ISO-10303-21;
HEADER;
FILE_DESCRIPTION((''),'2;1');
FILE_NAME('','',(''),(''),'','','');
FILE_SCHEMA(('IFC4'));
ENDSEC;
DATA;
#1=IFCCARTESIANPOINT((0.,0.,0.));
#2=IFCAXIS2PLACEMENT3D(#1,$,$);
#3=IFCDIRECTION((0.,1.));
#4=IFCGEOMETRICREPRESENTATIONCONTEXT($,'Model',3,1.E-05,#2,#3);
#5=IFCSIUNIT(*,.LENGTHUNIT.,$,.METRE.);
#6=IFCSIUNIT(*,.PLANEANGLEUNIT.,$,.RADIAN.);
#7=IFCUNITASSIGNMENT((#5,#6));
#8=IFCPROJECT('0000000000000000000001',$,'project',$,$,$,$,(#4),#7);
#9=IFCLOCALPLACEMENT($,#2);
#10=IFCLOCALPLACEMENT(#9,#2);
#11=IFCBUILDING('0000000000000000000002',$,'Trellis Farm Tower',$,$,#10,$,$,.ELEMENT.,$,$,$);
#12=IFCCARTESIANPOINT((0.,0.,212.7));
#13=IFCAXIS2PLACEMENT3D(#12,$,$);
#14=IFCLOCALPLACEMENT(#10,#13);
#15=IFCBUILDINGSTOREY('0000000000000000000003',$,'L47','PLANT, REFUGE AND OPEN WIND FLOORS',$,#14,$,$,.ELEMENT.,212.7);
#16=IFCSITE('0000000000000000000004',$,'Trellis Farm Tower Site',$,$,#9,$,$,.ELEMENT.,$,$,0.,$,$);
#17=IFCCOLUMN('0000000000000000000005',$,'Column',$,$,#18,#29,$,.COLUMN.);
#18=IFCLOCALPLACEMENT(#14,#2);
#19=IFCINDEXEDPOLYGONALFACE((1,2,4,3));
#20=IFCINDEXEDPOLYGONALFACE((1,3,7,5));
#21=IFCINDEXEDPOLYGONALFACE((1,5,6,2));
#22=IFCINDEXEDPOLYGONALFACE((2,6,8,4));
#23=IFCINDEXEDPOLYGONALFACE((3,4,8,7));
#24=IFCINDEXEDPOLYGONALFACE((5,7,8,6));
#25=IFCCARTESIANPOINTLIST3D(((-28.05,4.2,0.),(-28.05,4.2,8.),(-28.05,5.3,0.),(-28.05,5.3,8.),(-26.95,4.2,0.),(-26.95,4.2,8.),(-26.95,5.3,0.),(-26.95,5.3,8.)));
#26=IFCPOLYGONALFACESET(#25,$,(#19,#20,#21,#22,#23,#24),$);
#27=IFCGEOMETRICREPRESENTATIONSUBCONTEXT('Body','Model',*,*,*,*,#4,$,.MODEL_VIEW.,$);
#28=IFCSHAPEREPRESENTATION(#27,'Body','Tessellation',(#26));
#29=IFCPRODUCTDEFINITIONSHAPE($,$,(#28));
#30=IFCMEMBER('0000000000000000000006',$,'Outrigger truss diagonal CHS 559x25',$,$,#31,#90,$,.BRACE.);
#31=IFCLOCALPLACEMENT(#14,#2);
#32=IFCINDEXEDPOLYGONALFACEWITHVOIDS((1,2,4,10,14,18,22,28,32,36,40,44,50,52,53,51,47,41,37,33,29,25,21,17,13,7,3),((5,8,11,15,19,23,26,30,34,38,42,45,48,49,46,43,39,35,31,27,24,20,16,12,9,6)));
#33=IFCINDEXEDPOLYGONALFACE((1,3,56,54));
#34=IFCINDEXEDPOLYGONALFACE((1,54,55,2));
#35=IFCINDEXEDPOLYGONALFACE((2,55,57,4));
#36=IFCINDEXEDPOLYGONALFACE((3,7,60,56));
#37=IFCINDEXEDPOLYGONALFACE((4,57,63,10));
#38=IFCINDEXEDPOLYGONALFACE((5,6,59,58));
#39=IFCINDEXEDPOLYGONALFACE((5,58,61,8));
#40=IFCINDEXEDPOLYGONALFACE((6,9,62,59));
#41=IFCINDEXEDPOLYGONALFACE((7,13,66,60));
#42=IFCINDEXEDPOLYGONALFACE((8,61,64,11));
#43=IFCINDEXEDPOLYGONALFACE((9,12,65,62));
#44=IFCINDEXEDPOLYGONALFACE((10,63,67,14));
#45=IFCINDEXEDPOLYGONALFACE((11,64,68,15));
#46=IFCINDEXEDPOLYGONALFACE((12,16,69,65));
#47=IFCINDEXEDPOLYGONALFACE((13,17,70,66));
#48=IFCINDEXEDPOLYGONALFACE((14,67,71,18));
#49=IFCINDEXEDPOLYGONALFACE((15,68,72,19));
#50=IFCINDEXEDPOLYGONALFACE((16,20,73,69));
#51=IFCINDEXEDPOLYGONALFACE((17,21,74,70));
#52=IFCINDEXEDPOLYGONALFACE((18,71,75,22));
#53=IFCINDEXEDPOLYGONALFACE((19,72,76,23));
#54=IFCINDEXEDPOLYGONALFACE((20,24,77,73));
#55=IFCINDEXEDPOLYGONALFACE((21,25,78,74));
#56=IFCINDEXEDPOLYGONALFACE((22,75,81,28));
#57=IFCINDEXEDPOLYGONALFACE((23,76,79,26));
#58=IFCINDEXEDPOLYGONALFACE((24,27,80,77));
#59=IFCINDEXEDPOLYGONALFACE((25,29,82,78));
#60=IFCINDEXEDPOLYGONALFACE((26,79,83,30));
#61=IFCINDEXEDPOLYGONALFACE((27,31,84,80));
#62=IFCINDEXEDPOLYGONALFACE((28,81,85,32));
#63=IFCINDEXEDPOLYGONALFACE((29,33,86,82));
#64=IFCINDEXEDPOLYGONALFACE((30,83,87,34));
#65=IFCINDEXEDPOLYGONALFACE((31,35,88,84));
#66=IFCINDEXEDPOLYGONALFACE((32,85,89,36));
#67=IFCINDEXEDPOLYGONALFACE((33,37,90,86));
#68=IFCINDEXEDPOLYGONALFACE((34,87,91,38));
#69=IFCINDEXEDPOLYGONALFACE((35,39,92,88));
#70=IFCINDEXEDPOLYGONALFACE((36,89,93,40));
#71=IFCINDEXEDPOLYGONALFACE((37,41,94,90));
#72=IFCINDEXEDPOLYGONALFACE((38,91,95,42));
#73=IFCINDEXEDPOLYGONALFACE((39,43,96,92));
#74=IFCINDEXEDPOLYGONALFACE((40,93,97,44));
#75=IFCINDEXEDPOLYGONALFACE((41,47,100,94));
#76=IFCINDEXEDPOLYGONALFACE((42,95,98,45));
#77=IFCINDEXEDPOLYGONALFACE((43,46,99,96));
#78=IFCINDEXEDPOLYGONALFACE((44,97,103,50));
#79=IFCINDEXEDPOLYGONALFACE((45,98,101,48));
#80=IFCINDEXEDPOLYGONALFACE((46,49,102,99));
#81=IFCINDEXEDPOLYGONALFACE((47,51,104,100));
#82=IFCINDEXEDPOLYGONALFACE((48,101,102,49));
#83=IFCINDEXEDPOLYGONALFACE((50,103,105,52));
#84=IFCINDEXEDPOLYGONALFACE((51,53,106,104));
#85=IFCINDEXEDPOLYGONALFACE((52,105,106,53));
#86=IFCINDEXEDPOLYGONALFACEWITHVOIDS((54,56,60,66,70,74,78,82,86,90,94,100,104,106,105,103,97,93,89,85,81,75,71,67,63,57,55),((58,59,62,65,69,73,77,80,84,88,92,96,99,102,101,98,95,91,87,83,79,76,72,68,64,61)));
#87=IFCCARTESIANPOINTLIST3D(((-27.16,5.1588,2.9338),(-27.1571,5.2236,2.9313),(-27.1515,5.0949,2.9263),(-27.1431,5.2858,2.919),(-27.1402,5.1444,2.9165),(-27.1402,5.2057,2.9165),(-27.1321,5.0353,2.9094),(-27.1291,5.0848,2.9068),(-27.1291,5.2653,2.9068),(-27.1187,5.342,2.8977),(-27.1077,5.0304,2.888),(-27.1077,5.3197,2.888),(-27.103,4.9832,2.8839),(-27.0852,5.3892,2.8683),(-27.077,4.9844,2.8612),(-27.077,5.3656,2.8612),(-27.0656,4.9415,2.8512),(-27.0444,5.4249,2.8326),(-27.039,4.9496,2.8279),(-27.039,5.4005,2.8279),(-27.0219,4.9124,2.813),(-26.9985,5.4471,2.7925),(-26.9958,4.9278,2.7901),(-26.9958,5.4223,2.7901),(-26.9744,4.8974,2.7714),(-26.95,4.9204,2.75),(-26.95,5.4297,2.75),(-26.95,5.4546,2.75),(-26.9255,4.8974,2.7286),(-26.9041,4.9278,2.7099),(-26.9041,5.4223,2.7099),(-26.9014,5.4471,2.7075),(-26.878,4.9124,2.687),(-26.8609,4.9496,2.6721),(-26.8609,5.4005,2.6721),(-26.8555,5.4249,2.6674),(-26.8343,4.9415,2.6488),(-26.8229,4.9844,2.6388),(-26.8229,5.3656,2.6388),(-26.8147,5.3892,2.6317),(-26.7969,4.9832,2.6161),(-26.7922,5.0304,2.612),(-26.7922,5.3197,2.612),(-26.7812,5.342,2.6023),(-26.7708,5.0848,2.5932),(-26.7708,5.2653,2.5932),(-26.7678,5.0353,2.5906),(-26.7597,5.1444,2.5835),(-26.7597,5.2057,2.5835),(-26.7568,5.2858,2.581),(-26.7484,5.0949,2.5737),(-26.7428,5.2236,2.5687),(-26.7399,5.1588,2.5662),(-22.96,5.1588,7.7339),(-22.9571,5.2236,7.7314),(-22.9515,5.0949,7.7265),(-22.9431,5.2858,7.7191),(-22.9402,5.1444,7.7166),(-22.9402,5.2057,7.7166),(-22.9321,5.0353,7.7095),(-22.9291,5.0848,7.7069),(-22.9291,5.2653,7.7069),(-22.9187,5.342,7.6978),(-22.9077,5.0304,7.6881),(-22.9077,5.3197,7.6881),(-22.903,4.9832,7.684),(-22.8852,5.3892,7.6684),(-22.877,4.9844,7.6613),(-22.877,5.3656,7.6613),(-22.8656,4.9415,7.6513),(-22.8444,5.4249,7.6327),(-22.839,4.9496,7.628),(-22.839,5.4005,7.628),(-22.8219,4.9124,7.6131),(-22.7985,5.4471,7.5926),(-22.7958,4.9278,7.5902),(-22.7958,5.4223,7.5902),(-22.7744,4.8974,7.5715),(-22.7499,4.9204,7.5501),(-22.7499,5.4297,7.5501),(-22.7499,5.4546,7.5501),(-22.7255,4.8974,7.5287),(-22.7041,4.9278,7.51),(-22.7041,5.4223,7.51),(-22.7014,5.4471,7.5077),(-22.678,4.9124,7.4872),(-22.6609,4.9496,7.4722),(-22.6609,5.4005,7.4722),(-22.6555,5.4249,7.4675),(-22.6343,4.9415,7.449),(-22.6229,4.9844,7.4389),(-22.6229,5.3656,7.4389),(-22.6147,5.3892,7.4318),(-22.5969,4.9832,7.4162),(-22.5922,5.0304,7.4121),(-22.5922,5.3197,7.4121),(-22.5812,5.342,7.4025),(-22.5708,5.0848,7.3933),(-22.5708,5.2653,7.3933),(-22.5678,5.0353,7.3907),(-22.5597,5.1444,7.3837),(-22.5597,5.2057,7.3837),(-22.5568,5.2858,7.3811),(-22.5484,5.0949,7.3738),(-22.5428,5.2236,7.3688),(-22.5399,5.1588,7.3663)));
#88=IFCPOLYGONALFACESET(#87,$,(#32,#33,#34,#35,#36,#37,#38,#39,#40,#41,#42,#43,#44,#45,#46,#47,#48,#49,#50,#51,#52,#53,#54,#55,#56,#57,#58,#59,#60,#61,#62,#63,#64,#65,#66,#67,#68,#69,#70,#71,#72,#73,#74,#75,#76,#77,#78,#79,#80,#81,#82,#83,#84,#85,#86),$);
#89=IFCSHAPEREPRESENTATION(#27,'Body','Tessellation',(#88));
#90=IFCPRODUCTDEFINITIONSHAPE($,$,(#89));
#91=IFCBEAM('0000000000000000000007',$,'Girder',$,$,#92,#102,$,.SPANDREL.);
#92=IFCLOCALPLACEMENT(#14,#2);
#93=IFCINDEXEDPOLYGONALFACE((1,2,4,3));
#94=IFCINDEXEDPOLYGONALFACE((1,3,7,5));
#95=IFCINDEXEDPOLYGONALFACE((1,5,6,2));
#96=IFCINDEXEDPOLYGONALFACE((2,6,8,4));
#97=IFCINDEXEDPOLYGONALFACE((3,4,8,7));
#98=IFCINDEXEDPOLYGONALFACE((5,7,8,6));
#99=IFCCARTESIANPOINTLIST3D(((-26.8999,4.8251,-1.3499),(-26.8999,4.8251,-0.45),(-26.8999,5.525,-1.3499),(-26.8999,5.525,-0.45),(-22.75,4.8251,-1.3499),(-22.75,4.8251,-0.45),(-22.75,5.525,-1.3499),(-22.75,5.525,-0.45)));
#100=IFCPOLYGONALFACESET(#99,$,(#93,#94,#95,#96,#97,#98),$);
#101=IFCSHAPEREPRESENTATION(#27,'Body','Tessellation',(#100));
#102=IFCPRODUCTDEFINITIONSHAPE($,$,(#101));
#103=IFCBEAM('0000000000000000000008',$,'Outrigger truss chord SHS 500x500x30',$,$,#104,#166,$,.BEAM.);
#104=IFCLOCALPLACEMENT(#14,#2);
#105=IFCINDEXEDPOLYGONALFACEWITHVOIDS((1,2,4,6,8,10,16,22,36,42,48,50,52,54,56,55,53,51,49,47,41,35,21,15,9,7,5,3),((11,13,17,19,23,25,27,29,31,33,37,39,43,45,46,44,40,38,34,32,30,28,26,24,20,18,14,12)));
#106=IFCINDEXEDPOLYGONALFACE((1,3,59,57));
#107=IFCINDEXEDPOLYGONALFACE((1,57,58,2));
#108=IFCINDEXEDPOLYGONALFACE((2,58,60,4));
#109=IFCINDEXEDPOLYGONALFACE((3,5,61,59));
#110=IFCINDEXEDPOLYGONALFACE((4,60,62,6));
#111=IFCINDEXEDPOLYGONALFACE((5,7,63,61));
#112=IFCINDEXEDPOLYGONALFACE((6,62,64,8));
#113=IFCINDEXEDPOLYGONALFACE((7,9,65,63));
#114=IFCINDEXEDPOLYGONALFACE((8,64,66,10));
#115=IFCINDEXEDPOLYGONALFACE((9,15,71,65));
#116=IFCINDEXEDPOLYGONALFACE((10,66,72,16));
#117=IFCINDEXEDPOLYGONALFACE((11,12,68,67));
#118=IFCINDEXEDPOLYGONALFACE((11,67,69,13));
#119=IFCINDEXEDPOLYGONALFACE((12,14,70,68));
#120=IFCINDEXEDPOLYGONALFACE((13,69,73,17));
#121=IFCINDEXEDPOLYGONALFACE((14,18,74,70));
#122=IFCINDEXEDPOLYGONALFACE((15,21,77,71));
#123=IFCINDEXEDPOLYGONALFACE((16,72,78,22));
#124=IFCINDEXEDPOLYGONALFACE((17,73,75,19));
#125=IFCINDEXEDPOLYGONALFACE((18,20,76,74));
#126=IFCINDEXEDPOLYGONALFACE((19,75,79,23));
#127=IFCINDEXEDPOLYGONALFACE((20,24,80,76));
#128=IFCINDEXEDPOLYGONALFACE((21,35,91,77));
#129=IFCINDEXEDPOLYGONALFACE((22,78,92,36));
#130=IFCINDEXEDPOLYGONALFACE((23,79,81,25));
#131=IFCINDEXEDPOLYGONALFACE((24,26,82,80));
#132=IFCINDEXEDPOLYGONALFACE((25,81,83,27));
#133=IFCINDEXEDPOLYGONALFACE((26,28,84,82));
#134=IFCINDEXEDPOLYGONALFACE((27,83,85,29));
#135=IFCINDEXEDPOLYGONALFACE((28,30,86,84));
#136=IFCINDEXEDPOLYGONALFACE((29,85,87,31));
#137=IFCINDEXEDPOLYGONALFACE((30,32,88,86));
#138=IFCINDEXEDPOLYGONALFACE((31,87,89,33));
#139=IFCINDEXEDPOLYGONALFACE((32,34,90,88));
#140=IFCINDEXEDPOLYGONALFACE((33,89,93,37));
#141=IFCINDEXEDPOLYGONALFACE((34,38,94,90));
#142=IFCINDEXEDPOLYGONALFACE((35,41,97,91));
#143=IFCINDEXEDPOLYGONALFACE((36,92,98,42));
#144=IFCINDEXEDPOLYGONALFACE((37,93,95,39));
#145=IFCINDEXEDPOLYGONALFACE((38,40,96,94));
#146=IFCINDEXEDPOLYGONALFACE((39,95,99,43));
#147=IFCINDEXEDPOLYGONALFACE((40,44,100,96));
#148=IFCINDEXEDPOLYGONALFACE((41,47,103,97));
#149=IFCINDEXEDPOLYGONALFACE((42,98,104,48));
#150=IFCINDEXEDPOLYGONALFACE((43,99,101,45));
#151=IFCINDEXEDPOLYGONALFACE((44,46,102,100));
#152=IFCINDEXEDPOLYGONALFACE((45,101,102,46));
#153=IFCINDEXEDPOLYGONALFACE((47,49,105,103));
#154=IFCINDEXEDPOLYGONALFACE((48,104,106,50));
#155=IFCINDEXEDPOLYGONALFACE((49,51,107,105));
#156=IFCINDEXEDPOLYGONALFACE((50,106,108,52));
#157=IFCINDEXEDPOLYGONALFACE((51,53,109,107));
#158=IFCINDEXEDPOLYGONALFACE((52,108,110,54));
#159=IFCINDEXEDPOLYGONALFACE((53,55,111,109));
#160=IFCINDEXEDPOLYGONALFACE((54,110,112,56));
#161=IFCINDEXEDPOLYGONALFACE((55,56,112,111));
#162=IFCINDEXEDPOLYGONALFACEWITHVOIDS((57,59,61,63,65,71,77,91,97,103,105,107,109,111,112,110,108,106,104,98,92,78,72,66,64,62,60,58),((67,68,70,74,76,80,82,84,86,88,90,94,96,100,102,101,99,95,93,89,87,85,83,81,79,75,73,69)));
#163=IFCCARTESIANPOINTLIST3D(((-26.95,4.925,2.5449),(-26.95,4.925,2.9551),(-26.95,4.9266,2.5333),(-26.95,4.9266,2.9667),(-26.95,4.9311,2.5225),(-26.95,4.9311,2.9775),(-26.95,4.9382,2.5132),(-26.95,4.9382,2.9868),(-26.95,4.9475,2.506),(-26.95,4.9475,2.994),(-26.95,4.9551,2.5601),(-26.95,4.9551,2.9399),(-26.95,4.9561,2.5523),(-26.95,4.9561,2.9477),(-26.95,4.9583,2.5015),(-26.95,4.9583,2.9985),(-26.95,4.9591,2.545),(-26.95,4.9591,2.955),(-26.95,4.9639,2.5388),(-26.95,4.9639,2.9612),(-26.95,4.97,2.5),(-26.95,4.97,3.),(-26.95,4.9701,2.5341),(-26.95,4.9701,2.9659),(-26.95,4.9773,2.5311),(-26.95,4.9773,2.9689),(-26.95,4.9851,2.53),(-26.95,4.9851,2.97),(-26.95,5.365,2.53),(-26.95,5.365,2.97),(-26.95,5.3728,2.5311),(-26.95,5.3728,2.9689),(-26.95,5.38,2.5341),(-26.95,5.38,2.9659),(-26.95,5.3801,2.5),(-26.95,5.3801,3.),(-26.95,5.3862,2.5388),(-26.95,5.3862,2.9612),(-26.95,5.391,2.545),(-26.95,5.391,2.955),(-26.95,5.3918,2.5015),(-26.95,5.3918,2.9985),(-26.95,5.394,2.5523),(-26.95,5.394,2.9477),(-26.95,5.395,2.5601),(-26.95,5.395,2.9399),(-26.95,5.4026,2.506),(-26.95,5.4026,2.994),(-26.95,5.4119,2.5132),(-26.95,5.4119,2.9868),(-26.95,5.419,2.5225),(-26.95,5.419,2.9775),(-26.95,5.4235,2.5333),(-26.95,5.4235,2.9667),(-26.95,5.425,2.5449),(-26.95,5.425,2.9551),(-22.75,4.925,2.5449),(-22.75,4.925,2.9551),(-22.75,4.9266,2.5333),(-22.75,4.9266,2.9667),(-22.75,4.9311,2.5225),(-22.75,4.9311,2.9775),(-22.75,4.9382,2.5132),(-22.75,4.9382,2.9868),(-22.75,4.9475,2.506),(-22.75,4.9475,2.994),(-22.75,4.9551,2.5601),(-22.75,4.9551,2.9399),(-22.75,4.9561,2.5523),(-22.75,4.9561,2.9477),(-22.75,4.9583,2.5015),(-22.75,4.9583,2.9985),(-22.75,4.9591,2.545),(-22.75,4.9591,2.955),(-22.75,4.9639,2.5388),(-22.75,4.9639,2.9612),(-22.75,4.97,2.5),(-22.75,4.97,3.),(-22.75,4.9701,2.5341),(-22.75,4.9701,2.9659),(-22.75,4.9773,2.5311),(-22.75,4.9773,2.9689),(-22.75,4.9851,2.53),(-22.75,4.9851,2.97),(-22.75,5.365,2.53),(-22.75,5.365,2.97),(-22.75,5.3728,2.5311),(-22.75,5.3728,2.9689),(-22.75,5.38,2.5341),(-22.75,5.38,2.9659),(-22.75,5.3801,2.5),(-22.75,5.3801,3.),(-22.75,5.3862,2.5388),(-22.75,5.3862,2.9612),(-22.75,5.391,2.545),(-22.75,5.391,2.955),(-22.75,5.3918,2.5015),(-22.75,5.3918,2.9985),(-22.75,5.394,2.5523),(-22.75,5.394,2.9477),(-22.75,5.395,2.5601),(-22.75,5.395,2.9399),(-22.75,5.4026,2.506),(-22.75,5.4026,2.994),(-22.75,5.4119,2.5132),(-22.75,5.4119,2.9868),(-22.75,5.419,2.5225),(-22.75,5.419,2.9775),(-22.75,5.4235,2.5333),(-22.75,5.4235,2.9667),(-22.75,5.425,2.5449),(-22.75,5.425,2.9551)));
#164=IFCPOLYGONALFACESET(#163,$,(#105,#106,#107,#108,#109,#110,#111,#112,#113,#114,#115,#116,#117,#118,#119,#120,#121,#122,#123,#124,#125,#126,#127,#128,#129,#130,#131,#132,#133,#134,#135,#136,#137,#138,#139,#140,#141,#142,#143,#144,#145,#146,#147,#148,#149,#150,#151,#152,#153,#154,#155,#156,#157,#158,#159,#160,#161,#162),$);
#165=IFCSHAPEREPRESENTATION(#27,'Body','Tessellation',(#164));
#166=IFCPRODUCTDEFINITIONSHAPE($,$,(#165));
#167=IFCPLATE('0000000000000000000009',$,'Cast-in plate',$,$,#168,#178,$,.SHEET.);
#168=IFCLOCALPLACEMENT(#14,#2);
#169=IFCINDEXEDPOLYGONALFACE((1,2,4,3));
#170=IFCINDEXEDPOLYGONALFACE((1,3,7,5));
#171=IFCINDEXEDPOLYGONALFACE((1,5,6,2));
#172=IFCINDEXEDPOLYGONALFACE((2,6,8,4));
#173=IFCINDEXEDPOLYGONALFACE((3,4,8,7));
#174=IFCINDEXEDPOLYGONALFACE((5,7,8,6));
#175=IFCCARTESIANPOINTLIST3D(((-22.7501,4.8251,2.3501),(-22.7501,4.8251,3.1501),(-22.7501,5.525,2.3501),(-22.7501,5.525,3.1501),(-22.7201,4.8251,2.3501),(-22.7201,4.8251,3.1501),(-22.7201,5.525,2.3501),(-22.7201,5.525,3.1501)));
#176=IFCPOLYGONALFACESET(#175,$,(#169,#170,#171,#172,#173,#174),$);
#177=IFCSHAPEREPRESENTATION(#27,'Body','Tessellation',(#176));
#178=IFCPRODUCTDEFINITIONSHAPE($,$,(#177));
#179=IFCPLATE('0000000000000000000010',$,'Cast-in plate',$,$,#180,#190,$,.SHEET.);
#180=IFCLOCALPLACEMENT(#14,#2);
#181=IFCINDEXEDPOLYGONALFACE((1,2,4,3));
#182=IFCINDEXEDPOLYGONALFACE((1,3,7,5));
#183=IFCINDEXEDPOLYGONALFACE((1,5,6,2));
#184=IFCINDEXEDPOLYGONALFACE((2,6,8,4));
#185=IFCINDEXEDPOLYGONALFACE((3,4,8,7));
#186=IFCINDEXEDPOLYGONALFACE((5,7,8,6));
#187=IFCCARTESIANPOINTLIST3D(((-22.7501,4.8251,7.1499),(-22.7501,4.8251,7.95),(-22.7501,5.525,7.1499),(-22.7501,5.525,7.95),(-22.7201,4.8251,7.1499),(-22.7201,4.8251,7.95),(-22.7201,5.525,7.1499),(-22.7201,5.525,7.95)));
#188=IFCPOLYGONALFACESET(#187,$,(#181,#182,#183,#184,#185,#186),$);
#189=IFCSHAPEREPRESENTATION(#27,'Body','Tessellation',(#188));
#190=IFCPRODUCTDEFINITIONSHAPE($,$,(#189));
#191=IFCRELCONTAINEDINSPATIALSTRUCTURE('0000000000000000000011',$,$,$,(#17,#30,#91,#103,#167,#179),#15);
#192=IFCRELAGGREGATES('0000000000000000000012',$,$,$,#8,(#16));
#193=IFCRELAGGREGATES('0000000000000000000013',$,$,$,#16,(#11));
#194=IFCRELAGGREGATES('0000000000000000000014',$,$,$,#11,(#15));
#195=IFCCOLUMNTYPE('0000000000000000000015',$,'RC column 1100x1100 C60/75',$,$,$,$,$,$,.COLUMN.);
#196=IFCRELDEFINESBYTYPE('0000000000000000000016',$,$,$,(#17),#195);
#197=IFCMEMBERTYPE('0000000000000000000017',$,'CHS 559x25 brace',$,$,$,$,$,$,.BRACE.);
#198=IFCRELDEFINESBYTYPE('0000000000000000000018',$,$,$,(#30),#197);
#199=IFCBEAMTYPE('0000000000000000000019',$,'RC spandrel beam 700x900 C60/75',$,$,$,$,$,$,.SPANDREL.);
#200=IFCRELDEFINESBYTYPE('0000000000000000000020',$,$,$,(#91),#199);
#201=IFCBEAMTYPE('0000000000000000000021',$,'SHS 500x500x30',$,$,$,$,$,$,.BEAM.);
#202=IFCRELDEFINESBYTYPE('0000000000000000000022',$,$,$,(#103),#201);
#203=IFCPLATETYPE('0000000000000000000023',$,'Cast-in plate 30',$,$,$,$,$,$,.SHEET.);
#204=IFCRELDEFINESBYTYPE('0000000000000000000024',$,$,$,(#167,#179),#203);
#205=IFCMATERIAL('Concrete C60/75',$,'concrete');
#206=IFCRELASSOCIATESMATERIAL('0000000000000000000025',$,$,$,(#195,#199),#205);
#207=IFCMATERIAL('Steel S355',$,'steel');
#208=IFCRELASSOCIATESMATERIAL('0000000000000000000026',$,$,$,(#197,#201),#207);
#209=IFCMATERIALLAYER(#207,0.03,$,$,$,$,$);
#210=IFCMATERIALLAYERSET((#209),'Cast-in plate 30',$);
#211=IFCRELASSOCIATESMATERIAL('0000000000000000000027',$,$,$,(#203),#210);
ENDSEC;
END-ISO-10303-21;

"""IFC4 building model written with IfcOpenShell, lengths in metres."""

from ifc_helpers import new_model, si_unit, direction, frame, origin, origin_2d, place, context, subcontext, project, spatial, rectangle, hollow_rectangle, hollow_circle, extrude, source, transform, mapped, material, layer, layer_set, material_profile, profile_set, type_object, element, save


model = new_model("IFC4")

# Units and contexts
model_context = context("Model", 3, precision=1e-05, world=origin(), true_north=direction((0.0, 1.0)))
body_context = subcontext(model_context, "Body", "Model", "MODEL_VIEW")
ifc_project = project(units=[si_unit("LENGTHUNIT", "METRE"), si_unit("PLANEANGLEUNIT", "RADIAN")], contexts=[model_context])

# Site, building, storey
site_placement = place(None, origin())
site = spatial("IfcSite", under=ifc_project, at=site_placement, Name="Trellis Farm Tower Site", CompositionType="ELEMENT", RefElevation=0.0)
building_placement = place(site_placement, origin())
building = spatial("IfcBuilding", under=site, at=building_placement, Name="Trellis Farm Tower", CompositionType="ELEMENT")
storey_placement = place(building_placement, frame((0.0, 0.0, 212.7)))
storey = spatial("IfcBuildingStorey", under=building, at=storey_placement, Name="L47", Description="PLANT, REFUGE AND OPEN WIND FLOORS", CompositionType="ELEMENT", Elevation=212.7)

# Column
ifc_material_1 = material(Name="Concrete C60/75", Category="concrete")
ifc_material_profile_1 = material_profile(ifc_material_1, rectangle(XDim=1.1001, YDim=1.1001, at=origin_2d()), Name="RC column 1100x1100 C60/75")
ifc_profile_set_1 = profile_set([ifc_material_profile_1], Name="Concrete C60/75")
column_type = type_object("IfcColumnType", Name="RC column 1100x1100 C60/75", PredefinedType="COLUMN", material=ifc_profile_set_1)
shared_shape_1 = source(origin(), body_context, "Body", "SweptSolid", [
    extrude(rectangle(XDim=1.1001, YDim=1.1001, at=origin_2d()), origin(), (0.0, 0.0, 1.0), 8.0),
])
column_placement = place(storey_placement, frame((-27.5, 4.75, 0.0), z_axis=(0.0, 0.0, 1.0), x_axis=(1.0, 0.0, 0.0)))
element("IfcColumn", 1, at=column_placement, inside=storey, type_object=column_type, Name="Column", PredefinedType="COLUMN", context=body_context, shape_type="MappedRepresentation", body=[
    mapped(shared_shape_1, transform((0.0, 0.0, 0.0))),
])

# Member
ifc_material_2 = material(Name="Steel S355", Category="steel")
ifc_material_profile_2 = material_profile(ifc_material_2, hollow_circle(Radius=0.2795, WallThickness=0.0249, at=origin_2d()), Name="CHS 559x25")
ifc_profile_set_2 = profile_set([ifc_material_profile_2], Name="Steel S355")
member_type = type_object("IfcMemberType", Name="CHS 559x25 brace", PredefinedType="BRACE", material=ifc_profile_set_2)
member_placement = place(storey_placement, frame((-26.95, 5.175, 2.75), z_axis=(0.658496, 0.0, 0.752584), x_axis=(0.0, 1.0, 0.0)))
element("IfcMember", 2, at=member_placement, inside=storey, type_object=member_type, Name="Outrigger truss diagonal CHS 559x25", PredefinedType="BRACE", context=body_context, shape_type="SweptSolid", body=[
    extrude(hollow_circle(Radius=0.2795, WallThickness=0.0249, at=origin_2d()), origin(), (0.0, 0.0, 1.0), 6.3782),
])

# Beams
ifc_material_profile_3 = material_profile(ifc_material_1, rectangle(XDim=0.7, YDim=0.8999, at=origin_2d()), Name="RC spandrel beam 700x900 C60/75")
ifc_profile_set_3 = profile_set([ifc_material_profile_3], Name="Concrete C60/75")
beam_type_1 = type_object("IfcBeamType", Name="RC spandrel beam 700x900 C60/75", PredefinedType="SPANDREL", material=ifc_profile_set_3)
shared_shape_2 = source(origin(), body_context, "Body", "SweptSolid", [
    extrude(rectangle(XDim=0.7, YDim=0.8999, at=origin_2d()), origin(), (0.0, 0.0, 1.0), 4.1499),
])
beam_1_placement = place(storey_placement, frame((-26.8999, 5.175, -0.8999), z_axis=(1.0, 0.0, 0.0), x_axis=(0.0, 1.0, 0.0)))
element("IfcBeam", 3, at=beam_1_placement, inside=storey, type_object=beam_type_1, Name="Girder", PredefinedType="SPANDREL", context=body_context, shape_type="MappedRepresentation", body=[
    mapped(shared_shape_2, transform((0.0, 0.0, 0.0))),
])
ifc_material_profile_4 = material_profile(ifc_material_2, hollow_rectangle(XDim=0.5, YDim=0.5, WallThickness=0.03, InnerFilletRadius=0.03, OuterFilletRadius=0.0449, at=origin_2d()), Name="SHS 500x500x30")
ifc_profile_set_4 = profile_set([ifc_material_profile_4], Name="Steel S355")
beam_type_2 = type_object("IfcBeamType", Name="SHS 500x500x30", PredefinedType="BEAM", material=ifc_profile_set_4)
shared_shape_3 = source(origin(), body_context, "Body", "SweptSolid", [
    extrude(hollow_rectangle(XDim=0.5, YDim=0.5, WallThickness=0.03, InnerFilletRadius=0.03, OuterFilletRadius=0.0449, at=origin_2d()), origin(), (0.0, 0.0, 1.0), 4.2),
])
beam_2_placement = place(storey_placement, frame((-26.95, 5.175, 2.75), z_axis=(1.0, 0.0, 0.0), x_axis=(0.0, 1.0, 0.0)))
element("IfcBeam", 4, at=beam_2_placement, inside=storey, type_object=beam_type_2, Name="Outrigger truss chord SHS 500x500x30", PredefinedType="BEAM", context=body_context, shape_type="MappedRepresentation", body=[
    mapped(shared_shape_3, transform((0.0, 0.0, 0.0))),
])

# Plates
ifc_layer_1 = layer(ifc_material_2, 0.03)
ifc_layer_set_1 = layer_set([ifc_layer_1], Name="Cast-in plate 30")
plate_type = type_object("IfcPlateType", Name="Cast-in plate 30", PredefinedType="SHEET", material=ifc_layer_set_1)
shared_shape_4 = source(origin(), body_context, "Body", "SweptSolid", [
    extrude(rectangle(XDim=0.03, YDim=0.7, at=origin_2d()), origin(), (0.0, 0.0, 1.0), 0.8),
])
for number, where, z_axis, x_axis, name in (
    (5, (-22.7351, 5.175, 2.3501), (0.0, 0.0, 1.0), (1.0, 0.0, 0.0), "Cast-in plate"),
    (6, (-22.7351, 5.175, 7.1499), (0.0, 0.0, 1.0), (1.0, 0.0, 0.0), "Cast-in plate"),
):
    element("IfcPlate", number, at=place(storey_placement, frame(where, z_axis=z_axis, x_axis=x_axis)), inside=storey, type_object=plate_type, Name=name, PredefinedType="SHEET", context=body_context, shape_type="MappedRepresentation", body=[
        mapped(shared_shape_4, transform((0.0, 0.0, 0.0))),
    ])

save(model, "model.ifc")
